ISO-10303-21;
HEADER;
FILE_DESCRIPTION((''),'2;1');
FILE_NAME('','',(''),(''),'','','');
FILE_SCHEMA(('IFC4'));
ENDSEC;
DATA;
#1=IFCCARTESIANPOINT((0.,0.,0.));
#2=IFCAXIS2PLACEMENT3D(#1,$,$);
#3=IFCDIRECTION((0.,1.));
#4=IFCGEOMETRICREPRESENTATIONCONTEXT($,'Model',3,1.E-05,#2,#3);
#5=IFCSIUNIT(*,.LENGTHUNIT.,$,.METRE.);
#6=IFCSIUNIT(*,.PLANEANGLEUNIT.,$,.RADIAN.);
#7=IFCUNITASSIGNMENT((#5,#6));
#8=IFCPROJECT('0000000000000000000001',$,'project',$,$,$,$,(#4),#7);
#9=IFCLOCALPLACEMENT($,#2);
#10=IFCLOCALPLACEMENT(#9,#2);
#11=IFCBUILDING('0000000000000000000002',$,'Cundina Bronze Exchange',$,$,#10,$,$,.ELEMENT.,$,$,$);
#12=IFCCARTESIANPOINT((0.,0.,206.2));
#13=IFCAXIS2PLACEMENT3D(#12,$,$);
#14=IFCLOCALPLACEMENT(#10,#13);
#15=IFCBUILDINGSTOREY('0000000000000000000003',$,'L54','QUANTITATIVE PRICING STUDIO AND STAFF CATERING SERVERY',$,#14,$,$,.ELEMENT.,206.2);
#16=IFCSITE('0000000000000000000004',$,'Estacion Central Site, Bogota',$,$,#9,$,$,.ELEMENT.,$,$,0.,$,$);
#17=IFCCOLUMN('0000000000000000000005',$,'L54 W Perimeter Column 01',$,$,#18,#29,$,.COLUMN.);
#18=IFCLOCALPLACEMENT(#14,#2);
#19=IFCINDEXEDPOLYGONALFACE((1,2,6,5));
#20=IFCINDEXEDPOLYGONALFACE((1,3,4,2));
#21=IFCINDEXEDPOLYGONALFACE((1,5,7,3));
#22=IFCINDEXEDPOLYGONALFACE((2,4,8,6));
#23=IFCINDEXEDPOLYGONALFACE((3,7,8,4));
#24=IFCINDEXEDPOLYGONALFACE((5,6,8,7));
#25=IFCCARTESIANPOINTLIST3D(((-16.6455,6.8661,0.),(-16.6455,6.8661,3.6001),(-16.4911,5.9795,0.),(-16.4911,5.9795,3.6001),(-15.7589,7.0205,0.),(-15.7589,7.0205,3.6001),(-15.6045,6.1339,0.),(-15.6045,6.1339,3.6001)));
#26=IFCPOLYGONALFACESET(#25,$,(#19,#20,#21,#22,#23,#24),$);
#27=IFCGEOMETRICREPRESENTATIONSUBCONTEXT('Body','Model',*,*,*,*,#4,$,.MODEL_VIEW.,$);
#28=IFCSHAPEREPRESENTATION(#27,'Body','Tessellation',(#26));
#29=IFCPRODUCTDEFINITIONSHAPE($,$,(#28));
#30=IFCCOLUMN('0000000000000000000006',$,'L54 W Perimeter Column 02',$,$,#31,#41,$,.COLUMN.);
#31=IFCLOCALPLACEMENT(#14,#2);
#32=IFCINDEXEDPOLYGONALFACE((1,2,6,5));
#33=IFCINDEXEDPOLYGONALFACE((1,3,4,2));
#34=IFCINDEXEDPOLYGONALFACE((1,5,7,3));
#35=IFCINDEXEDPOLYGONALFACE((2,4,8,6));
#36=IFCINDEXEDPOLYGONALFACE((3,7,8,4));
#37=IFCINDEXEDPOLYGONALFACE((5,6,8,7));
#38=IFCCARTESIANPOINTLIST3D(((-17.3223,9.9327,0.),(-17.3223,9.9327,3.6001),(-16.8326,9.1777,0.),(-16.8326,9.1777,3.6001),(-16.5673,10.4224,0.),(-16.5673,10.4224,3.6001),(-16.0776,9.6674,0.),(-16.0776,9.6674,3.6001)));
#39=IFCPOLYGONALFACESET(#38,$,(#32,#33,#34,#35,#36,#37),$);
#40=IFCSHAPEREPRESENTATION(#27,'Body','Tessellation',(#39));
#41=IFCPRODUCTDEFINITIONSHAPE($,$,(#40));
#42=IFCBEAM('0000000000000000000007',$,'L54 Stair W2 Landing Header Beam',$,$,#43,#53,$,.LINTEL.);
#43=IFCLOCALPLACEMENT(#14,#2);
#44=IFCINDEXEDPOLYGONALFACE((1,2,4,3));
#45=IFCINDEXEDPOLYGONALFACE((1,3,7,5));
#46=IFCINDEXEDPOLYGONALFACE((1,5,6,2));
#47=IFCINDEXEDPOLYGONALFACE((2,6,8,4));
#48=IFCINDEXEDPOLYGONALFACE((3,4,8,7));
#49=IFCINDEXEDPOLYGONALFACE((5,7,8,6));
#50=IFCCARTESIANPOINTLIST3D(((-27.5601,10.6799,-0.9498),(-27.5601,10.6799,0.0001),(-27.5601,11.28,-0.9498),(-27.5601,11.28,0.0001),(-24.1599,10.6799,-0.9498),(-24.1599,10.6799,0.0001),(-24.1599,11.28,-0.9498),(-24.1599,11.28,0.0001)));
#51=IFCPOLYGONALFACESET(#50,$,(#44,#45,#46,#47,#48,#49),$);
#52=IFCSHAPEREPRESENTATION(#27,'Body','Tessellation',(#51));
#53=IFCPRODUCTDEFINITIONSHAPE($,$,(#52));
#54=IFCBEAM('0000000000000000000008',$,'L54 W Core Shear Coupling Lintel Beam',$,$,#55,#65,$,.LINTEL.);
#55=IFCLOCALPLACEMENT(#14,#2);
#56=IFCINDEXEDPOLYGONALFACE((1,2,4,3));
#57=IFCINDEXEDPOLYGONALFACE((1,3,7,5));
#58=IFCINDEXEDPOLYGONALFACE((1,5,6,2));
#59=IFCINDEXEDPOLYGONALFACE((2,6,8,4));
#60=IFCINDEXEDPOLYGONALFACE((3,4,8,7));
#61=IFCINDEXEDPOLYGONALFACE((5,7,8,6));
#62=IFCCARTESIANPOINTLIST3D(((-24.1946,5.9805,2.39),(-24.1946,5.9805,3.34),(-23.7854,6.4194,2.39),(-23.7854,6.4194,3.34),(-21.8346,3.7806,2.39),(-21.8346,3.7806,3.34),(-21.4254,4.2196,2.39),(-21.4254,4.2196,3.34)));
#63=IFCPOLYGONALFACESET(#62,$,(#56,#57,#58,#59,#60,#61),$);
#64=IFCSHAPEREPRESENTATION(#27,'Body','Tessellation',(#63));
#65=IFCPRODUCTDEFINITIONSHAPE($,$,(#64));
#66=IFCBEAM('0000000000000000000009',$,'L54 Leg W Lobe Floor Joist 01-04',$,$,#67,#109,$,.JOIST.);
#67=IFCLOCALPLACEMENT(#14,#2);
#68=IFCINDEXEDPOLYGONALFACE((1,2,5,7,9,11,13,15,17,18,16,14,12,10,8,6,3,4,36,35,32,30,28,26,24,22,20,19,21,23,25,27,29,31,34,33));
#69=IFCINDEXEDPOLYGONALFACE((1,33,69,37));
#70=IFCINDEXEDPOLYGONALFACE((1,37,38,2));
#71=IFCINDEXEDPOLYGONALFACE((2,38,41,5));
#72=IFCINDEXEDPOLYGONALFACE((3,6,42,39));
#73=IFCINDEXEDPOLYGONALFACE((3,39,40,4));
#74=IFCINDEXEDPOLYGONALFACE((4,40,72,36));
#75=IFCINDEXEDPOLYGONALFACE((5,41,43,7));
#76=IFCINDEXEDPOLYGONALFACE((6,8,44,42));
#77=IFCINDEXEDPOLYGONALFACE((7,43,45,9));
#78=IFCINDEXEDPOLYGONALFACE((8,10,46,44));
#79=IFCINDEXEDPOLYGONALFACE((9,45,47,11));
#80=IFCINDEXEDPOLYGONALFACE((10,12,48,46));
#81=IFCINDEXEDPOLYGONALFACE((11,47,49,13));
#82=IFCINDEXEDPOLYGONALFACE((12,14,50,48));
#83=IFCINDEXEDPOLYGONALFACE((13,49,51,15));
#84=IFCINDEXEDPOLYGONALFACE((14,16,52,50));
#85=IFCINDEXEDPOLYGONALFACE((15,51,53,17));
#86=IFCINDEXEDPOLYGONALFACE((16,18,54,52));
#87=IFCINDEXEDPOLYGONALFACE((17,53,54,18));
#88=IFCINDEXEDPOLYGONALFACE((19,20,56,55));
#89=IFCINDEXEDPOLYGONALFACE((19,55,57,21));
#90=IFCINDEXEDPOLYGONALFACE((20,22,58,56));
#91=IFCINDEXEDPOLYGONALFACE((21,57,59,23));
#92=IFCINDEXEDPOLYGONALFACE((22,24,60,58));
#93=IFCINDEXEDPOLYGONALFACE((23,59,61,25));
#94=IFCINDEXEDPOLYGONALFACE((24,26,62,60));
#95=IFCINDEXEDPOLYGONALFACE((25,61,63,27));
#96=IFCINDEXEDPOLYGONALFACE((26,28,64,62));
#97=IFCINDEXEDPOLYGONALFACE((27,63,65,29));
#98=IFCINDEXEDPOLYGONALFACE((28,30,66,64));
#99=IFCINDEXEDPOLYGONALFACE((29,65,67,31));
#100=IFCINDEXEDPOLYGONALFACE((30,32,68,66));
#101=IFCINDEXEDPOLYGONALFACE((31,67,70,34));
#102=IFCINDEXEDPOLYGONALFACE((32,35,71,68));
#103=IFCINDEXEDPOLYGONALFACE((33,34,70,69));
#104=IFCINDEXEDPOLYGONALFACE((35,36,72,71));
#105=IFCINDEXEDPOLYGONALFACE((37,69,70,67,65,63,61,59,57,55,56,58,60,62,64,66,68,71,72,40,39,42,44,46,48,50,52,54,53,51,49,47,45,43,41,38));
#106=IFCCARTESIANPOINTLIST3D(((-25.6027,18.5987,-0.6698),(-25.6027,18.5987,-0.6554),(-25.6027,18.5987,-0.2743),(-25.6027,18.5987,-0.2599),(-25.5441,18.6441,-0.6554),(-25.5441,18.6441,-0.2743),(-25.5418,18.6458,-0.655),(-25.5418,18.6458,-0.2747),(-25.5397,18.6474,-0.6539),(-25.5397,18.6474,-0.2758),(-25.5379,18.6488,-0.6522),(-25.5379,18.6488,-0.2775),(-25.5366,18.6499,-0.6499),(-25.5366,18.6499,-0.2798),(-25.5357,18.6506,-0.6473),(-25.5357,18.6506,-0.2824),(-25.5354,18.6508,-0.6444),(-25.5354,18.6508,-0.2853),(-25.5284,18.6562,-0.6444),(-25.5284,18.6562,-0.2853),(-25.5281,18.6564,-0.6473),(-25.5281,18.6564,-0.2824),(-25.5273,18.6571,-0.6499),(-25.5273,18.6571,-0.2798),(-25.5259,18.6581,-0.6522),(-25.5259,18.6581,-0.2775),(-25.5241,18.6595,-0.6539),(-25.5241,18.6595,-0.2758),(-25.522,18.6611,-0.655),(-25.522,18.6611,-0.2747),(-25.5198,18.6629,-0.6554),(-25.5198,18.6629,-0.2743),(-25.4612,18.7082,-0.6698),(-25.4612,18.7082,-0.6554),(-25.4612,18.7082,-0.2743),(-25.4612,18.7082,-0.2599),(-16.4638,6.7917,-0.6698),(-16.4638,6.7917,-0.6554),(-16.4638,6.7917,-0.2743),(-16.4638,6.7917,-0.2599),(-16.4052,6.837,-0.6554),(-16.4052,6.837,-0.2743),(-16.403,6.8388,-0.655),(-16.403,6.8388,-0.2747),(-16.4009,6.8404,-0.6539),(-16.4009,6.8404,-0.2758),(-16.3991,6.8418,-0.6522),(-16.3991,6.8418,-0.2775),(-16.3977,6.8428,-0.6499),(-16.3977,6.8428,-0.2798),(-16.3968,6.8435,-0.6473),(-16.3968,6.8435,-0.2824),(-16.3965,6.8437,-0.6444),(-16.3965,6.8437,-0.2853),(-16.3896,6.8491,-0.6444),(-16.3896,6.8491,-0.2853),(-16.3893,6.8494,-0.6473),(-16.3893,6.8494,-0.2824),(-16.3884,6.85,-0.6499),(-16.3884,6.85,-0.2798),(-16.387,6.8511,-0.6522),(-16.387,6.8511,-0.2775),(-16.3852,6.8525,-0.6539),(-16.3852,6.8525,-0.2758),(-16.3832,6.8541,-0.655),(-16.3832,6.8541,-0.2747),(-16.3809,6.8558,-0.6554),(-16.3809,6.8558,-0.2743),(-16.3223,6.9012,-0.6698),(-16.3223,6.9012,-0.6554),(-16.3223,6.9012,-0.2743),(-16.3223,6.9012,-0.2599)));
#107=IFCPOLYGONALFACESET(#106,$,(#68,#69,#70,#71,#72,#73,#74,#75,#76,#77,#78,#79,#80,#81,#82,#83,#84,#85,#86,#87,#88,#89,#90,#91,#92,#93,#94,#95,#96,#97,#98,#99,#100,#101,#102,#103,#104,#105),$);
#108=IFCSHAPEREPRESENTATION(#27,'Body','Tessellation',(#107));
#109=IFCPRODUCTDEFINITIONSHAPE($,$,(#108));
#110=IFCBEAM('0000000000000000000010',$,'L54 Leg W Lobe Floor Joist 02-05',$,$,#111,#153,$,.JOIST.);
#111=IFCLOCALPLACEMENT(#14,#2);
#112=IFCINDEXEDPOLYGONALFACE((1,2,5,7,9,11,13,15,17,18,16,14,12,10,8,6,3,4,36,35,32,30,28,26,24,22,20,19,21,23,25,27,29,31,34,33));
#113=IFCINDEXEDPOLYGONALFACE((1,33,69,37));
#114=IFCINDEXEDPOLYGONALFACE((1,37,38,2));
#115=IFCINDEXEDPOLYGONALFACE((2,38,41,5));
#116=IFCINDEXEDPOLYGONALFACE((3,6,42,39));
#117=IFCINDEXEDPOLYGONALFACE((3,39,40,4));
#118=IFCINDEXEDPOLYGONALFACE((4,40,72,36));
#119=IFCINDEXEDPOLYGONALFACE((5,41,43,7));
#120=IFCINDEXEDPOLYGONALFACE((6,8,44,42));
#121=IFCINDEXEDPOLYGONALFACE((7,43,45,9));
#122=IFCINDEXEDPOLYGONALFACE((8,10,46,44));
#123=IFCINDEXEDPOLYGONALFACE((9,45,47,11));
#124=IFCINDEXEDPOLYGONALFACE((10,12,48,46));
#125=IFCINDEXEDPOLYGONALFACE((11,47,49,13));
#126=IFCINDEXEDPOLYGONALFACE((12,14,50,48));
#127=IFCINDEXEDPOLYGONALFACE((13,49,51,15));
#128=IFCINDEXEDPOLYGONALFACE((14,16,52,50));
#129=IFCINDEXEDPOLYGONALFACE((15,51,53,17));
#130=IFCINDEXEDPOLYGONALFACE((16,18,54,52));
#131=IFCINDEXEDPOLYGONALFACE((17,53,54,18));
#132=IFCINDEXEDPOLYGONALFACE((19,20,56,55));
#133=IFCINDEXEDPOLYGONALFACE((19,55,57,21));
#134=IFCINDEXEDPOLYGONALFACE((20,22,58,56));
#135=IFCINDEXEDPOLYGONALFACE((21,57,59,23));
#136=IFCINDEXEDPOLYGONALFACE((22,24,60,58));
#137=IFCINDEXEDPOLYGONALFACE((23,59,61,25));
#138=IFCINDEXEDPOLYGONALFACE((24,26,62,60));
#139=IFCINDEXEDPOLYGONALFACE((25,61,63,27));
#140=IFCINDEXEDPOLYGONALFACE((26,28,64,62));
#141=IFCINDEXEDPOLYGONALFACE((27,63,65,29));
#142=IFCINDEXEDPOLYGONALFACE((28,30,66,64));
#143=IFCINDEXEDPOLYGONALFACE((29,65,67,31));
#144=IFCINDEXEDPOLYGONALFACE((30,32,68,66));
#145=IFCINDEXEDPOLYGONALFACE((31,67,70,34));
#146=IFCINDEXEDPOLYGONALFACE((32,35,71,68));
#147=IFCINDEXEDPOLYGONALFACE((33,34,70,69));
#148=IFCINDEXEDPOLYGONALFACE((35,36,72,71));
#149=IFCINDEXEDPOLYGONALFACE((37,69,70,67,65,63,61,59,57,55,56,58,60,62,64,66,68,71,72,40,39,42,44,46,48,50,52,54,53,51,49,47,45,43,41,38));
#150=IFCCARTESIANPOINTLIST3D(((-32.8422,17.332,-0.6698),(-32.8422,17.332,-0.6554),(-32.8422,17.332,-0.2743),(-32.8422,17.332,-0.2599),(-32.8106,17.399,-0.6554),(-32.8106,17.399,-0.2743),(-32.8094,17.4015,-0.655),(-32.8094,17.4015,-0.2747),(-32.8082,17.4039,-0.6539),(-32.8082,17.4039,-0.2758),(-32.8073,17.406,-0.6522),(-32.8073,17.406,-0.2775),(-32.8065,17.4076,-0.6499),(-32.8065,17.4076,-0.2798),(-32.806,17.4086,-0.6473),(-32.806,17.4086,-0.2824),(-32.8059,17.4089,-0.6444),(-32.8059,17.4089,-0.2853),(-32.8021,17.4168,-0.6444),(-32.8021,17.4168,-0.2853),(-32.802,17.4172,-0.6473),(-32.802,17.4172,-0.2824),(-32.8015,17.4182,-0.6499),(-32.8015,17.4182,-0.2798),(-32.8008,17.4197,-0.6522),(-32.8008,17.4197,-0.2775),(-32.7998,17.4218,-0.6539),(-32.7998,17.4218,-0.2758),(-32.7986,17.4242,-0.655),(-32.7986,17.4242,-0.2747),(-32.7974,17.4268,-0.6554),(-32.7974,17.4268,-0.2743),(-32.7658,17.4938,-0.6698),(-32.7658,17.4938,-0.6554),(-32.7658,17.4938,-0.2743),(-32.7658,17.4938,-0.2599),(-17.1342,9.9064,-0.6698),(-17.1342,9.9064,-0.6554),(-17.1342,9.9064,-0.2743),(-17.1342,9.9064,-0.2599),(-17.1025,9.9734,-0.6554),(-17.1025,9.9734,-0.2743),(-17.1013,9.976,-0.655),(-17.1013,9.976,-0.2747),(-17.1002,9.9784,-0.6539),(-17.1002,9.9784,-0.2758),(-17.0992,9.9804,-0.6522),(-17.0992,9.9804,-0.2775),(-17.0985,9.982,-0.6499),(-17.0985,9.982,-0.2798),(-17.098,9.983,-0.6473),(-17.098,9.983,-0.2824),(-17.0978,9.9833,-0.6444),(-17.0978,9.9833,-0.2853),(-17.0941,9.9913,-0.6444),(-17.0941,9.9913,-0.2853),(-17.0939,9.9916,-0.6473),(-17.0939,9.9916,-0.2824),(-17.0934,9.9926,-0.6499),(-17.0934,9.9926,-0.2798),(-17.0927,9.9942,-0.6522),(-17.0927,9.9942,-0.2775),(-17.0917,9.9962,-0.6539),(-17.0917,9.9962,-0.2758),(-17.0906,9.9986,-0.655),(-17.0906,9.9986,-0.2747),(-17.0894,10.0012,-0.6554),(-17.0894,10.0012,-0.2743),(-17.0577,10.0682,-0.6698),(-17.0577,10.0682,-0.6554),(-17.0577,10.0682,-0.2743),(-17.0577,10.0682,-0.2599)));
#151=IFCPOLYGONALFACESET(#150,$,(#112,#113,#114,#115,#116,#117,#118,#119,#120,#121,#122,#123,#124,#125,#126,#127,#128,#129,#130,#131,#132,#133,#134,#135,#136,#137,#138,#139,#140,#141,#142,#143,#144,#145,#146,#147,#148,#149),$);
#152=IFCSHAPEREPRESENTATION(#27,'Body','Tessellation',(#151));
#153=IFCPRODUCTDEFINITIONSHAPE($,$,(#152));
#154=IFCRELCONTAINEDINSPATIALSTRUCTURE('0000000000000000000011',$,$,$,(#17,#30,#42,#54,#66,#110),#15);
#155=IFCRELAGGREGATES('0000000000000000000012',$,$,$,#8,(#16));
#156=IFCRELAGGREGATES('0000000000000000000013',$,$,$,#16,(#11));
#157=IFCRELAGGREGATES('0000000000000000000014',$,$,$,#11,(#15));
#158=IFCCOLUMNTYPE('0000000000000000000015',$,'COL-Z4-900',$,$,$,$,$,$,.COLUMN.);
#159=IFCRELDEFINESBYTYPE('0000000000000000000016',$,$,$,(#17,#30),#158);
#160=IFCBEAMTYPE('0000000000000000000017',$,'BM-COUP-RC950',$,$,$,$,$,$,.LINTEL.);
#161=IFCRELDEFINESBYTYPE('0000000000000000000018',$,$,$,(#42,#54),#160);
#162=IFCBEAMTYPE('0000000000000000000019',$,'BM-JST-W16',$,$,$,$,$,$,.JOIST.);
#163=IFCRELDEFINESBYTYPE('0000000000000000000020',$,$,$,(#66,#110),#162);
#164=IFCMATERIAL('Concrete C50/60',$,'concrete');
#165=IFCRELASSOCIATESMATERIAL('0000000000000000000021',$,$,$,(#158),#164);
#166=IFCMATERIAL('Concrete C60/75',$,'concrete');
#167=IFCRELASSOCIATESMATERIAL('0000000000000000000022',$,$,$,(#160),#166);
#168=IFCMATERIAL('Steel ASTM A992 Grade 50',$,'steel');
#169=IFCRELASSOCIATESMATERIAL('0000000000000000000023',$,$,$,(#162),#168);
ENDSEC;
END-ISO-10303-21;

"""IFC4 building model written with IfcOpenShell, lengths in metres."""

from ifc_helpers import new_model, si_unit, direction, frame, origin, origin_2d, place, context, subcontext, project, spatial, rectangle, i_section, extrude, material, material_profile, profile_set, type_object, element, save


model = new_model("IFC4")

# Units and contexts
model_context = context("Model", 3, precision=1e-05, world=origin(), true_north=direction((0.0, 1.0)))
body_context = subcontext(model_context, "Body", "Model", "MODEL_VIEW")
ifc_project = project(units=[si_unit("LENGTHUNIT", "METRE"), si_unit("PLANEANGLEUNIT", "RADIAN")], contexts=[model_context])

# Site, building, storey
site_placement = place(None, origin())
site = spatial("IfcSite", under=ifc_project, at=site_placement, Name="Estacion Central Site, Bogota", CompositionType="ELEMENT", RefElevation=0.0)
building_placement = place(site_placement, origin())
building = spatial("IfcBuilding", under=site, at=building_placement, Name="Cundina Bronze Exchange", CompositionType="ELEMENT")
storey_placement = place(building_placement, frame((0.0, 0.0, 206.2)))
storey = spatial("IfcBuildingStorey", under=building, at=storey_placement, Name="L54", Description="QUANTITATIVE PRICING STUDIO AND STAFF CATERING SERVERY", CompositionType="ELEMENT", Elevation=206.2)

# Columns
ifc_material_1 = material(Name="Concrete C50/60", Category="concrete")
ifc_material_profile_1 = material_profile(ifc_material_1, rectangle(XDim=0.8999, YDim=0.8999, at=origin_2d()), Name="RC900X900", Category="concrete")
ifc_profile_set_1 = profile_set([ifc_material_profile_1], Name="Concrete C50/60")
column_type = type_object("IfcColumnType", Name="COL-Z4-900", PredefinedType="COLUMN", material=ifc_profile_set_1)
for number, where, z_axis, x_axis, name in (
    (1, (-16.125, 6.5, 0.0), (0.0, 0.0, 1.0), (-0.171585, 0.985169, 0.0), "L54 W Perimeter Column 01"),
    (2, (-16.7, 9.8, 0.0), (0.0, 0.0, 1.0), (-0.5442, 0.838956, 0.0), "L54 W Perimeter Column 02"),
):
    element("IfcColumn", number, at=place(storey_placement, frame(where, z_axis=z_axis, x_axis=x_axis)), inside=storey, type_object=column_type, Name=name, PredefinedType="COLUMN", context=body_context, shape_type="SweptSolid", body=[
        extrude(rectangle(XDim=0.8999, YDim=0.8999, at=origin_2d()), origin(), (0.0, 0.0, 1.0), 3.6001),
    ])

# Beams
ifc_material_2 = material(Name="Concrete C60/75", Category="concrete")
ifc_material_profile_2 = material_profile(ifc_material_2, rectangle(XDim=0.6001, YDim=0.95, at=origin_2d()), Name="RC600X950", Category="concrete")
ifc_profile_set_2 = profile_set([ifc_material_profile_2], Name="Concrete C60/75")
beam_type_1 = type_object("IfcBeamType", Name="BM-COUP-RC950", PredefinedType="LINTEL", material=ifc_profile_set_2)
beam_1_placement = place(storey_placement, frame((-27.5601, 10.98, -0.4749), z_axis=(1.0, 0.0, 0.0), x_axis=(0.0, 1.0, 0.0)))
element("IfcBeam", 3, at=beam_1_placement, inside=storey, type_object=beam_type_1, Name="L54 Stair W2 Landing Header Beam", PredefinedType="LINTEL", context=body_context, shape_type="SweptSolid", body=[
    extrude(rectangle(XDim=0.6001, YDim=0.95, at=origin_2d()), origin(), (0.0, 0.0, 1.0), 3.4001),
])
beam_2_placement = place(storey_placement, frame((-23.99, 6.2, 2.865), z_axis=(0.73149, -0.681852, 0.0), x_axis=(0.681852, 0.73149, 0.0)))
element("IfcBeam", 4, at=beam_2_placement, inside=storey, type_object=beam_type_1, Name="L54 W Core Shear Coupling Lintel Beam", PredefinedType="LINTEL", context=body_context, shape_type="SweptSolid", body=[
    extrude(rectangle(XDim=0.6001, YDim=0.95, at=origin_2d()), origin(), (0.0, 0.0, 1.0), 3.2263),
])
ifc_material_3 = material(Name="Steel ASTM A992 Grade 50", Category="steel")
ifc_material_profile_3 = material_profile(ifc_material_3, i_section(OverallWidth=0.179, OverallDepth=0.4099, WebThickness=0.0088, FlangeThickness=0.0144, FilletRadius=0.011, at=origin_2d()), Name="W16X45", Category="steel")
ifc_profile_set_3 = profile_set([ifc_material_profile_3], Name="Steel ASTM A992 Grade 50")
beam_type_2 = type_object("IfcBeamType", Name="BM-JST-W16", PredefinedType="JOIST", material=ifc_profile_set_3)
beam_3_placement = place(storey_placement, frame((-16.3931, 6.8464, -0.4648), z_axis=(-0.612086, 0.790791, 0.0), x_axis=(-0.790791, -0.612086, 0.0)))
element("IfcBeam", 5, at=beam_3_placement, inside=storey, type_object=beam_type_2, Name="L54 Leg W Lobe Floor Joist 01-04", PredefinedType="JOIST", context=body_context, shape_type="SweptSolid", body=[
    extrude(i_section(OverallWidth=0.179, OverallDepth=0.4099, WebThickness=0.0088, FlangeThickness=0.0144, FilletRadius=0.011, at=origin_2d()), origin(), (0.0, 0.0, 1.0), 14.9307),
])
beam_4_placement = place(storey_placement, frame((-17.0959, 9.9873, -0.4648), z_axis=(-0.904074, 0.427376, 0.0), x_axis=(-0.427376, -0.904074, 0.0)))
element("IfcBeam", 6, at=beam_4_placement, inside=storey, type_object=beam_type_2, Name="L54 Leg W Lobe Floor Joist 02-05", PredefinedType="JOIST", context=body_context, shape_type="SweptSolid", body=[
    extrude(i_section(OverallWidth=0.179, OverallDepth=0.4099, WebThickness=0.0088, FlangeThickness=0.0144, FilletRadius=0.011, at=origin_2d()), origin(), (0.0, 0.0, 1.0), 17.3748),
])

save(model, "model.ifc")
